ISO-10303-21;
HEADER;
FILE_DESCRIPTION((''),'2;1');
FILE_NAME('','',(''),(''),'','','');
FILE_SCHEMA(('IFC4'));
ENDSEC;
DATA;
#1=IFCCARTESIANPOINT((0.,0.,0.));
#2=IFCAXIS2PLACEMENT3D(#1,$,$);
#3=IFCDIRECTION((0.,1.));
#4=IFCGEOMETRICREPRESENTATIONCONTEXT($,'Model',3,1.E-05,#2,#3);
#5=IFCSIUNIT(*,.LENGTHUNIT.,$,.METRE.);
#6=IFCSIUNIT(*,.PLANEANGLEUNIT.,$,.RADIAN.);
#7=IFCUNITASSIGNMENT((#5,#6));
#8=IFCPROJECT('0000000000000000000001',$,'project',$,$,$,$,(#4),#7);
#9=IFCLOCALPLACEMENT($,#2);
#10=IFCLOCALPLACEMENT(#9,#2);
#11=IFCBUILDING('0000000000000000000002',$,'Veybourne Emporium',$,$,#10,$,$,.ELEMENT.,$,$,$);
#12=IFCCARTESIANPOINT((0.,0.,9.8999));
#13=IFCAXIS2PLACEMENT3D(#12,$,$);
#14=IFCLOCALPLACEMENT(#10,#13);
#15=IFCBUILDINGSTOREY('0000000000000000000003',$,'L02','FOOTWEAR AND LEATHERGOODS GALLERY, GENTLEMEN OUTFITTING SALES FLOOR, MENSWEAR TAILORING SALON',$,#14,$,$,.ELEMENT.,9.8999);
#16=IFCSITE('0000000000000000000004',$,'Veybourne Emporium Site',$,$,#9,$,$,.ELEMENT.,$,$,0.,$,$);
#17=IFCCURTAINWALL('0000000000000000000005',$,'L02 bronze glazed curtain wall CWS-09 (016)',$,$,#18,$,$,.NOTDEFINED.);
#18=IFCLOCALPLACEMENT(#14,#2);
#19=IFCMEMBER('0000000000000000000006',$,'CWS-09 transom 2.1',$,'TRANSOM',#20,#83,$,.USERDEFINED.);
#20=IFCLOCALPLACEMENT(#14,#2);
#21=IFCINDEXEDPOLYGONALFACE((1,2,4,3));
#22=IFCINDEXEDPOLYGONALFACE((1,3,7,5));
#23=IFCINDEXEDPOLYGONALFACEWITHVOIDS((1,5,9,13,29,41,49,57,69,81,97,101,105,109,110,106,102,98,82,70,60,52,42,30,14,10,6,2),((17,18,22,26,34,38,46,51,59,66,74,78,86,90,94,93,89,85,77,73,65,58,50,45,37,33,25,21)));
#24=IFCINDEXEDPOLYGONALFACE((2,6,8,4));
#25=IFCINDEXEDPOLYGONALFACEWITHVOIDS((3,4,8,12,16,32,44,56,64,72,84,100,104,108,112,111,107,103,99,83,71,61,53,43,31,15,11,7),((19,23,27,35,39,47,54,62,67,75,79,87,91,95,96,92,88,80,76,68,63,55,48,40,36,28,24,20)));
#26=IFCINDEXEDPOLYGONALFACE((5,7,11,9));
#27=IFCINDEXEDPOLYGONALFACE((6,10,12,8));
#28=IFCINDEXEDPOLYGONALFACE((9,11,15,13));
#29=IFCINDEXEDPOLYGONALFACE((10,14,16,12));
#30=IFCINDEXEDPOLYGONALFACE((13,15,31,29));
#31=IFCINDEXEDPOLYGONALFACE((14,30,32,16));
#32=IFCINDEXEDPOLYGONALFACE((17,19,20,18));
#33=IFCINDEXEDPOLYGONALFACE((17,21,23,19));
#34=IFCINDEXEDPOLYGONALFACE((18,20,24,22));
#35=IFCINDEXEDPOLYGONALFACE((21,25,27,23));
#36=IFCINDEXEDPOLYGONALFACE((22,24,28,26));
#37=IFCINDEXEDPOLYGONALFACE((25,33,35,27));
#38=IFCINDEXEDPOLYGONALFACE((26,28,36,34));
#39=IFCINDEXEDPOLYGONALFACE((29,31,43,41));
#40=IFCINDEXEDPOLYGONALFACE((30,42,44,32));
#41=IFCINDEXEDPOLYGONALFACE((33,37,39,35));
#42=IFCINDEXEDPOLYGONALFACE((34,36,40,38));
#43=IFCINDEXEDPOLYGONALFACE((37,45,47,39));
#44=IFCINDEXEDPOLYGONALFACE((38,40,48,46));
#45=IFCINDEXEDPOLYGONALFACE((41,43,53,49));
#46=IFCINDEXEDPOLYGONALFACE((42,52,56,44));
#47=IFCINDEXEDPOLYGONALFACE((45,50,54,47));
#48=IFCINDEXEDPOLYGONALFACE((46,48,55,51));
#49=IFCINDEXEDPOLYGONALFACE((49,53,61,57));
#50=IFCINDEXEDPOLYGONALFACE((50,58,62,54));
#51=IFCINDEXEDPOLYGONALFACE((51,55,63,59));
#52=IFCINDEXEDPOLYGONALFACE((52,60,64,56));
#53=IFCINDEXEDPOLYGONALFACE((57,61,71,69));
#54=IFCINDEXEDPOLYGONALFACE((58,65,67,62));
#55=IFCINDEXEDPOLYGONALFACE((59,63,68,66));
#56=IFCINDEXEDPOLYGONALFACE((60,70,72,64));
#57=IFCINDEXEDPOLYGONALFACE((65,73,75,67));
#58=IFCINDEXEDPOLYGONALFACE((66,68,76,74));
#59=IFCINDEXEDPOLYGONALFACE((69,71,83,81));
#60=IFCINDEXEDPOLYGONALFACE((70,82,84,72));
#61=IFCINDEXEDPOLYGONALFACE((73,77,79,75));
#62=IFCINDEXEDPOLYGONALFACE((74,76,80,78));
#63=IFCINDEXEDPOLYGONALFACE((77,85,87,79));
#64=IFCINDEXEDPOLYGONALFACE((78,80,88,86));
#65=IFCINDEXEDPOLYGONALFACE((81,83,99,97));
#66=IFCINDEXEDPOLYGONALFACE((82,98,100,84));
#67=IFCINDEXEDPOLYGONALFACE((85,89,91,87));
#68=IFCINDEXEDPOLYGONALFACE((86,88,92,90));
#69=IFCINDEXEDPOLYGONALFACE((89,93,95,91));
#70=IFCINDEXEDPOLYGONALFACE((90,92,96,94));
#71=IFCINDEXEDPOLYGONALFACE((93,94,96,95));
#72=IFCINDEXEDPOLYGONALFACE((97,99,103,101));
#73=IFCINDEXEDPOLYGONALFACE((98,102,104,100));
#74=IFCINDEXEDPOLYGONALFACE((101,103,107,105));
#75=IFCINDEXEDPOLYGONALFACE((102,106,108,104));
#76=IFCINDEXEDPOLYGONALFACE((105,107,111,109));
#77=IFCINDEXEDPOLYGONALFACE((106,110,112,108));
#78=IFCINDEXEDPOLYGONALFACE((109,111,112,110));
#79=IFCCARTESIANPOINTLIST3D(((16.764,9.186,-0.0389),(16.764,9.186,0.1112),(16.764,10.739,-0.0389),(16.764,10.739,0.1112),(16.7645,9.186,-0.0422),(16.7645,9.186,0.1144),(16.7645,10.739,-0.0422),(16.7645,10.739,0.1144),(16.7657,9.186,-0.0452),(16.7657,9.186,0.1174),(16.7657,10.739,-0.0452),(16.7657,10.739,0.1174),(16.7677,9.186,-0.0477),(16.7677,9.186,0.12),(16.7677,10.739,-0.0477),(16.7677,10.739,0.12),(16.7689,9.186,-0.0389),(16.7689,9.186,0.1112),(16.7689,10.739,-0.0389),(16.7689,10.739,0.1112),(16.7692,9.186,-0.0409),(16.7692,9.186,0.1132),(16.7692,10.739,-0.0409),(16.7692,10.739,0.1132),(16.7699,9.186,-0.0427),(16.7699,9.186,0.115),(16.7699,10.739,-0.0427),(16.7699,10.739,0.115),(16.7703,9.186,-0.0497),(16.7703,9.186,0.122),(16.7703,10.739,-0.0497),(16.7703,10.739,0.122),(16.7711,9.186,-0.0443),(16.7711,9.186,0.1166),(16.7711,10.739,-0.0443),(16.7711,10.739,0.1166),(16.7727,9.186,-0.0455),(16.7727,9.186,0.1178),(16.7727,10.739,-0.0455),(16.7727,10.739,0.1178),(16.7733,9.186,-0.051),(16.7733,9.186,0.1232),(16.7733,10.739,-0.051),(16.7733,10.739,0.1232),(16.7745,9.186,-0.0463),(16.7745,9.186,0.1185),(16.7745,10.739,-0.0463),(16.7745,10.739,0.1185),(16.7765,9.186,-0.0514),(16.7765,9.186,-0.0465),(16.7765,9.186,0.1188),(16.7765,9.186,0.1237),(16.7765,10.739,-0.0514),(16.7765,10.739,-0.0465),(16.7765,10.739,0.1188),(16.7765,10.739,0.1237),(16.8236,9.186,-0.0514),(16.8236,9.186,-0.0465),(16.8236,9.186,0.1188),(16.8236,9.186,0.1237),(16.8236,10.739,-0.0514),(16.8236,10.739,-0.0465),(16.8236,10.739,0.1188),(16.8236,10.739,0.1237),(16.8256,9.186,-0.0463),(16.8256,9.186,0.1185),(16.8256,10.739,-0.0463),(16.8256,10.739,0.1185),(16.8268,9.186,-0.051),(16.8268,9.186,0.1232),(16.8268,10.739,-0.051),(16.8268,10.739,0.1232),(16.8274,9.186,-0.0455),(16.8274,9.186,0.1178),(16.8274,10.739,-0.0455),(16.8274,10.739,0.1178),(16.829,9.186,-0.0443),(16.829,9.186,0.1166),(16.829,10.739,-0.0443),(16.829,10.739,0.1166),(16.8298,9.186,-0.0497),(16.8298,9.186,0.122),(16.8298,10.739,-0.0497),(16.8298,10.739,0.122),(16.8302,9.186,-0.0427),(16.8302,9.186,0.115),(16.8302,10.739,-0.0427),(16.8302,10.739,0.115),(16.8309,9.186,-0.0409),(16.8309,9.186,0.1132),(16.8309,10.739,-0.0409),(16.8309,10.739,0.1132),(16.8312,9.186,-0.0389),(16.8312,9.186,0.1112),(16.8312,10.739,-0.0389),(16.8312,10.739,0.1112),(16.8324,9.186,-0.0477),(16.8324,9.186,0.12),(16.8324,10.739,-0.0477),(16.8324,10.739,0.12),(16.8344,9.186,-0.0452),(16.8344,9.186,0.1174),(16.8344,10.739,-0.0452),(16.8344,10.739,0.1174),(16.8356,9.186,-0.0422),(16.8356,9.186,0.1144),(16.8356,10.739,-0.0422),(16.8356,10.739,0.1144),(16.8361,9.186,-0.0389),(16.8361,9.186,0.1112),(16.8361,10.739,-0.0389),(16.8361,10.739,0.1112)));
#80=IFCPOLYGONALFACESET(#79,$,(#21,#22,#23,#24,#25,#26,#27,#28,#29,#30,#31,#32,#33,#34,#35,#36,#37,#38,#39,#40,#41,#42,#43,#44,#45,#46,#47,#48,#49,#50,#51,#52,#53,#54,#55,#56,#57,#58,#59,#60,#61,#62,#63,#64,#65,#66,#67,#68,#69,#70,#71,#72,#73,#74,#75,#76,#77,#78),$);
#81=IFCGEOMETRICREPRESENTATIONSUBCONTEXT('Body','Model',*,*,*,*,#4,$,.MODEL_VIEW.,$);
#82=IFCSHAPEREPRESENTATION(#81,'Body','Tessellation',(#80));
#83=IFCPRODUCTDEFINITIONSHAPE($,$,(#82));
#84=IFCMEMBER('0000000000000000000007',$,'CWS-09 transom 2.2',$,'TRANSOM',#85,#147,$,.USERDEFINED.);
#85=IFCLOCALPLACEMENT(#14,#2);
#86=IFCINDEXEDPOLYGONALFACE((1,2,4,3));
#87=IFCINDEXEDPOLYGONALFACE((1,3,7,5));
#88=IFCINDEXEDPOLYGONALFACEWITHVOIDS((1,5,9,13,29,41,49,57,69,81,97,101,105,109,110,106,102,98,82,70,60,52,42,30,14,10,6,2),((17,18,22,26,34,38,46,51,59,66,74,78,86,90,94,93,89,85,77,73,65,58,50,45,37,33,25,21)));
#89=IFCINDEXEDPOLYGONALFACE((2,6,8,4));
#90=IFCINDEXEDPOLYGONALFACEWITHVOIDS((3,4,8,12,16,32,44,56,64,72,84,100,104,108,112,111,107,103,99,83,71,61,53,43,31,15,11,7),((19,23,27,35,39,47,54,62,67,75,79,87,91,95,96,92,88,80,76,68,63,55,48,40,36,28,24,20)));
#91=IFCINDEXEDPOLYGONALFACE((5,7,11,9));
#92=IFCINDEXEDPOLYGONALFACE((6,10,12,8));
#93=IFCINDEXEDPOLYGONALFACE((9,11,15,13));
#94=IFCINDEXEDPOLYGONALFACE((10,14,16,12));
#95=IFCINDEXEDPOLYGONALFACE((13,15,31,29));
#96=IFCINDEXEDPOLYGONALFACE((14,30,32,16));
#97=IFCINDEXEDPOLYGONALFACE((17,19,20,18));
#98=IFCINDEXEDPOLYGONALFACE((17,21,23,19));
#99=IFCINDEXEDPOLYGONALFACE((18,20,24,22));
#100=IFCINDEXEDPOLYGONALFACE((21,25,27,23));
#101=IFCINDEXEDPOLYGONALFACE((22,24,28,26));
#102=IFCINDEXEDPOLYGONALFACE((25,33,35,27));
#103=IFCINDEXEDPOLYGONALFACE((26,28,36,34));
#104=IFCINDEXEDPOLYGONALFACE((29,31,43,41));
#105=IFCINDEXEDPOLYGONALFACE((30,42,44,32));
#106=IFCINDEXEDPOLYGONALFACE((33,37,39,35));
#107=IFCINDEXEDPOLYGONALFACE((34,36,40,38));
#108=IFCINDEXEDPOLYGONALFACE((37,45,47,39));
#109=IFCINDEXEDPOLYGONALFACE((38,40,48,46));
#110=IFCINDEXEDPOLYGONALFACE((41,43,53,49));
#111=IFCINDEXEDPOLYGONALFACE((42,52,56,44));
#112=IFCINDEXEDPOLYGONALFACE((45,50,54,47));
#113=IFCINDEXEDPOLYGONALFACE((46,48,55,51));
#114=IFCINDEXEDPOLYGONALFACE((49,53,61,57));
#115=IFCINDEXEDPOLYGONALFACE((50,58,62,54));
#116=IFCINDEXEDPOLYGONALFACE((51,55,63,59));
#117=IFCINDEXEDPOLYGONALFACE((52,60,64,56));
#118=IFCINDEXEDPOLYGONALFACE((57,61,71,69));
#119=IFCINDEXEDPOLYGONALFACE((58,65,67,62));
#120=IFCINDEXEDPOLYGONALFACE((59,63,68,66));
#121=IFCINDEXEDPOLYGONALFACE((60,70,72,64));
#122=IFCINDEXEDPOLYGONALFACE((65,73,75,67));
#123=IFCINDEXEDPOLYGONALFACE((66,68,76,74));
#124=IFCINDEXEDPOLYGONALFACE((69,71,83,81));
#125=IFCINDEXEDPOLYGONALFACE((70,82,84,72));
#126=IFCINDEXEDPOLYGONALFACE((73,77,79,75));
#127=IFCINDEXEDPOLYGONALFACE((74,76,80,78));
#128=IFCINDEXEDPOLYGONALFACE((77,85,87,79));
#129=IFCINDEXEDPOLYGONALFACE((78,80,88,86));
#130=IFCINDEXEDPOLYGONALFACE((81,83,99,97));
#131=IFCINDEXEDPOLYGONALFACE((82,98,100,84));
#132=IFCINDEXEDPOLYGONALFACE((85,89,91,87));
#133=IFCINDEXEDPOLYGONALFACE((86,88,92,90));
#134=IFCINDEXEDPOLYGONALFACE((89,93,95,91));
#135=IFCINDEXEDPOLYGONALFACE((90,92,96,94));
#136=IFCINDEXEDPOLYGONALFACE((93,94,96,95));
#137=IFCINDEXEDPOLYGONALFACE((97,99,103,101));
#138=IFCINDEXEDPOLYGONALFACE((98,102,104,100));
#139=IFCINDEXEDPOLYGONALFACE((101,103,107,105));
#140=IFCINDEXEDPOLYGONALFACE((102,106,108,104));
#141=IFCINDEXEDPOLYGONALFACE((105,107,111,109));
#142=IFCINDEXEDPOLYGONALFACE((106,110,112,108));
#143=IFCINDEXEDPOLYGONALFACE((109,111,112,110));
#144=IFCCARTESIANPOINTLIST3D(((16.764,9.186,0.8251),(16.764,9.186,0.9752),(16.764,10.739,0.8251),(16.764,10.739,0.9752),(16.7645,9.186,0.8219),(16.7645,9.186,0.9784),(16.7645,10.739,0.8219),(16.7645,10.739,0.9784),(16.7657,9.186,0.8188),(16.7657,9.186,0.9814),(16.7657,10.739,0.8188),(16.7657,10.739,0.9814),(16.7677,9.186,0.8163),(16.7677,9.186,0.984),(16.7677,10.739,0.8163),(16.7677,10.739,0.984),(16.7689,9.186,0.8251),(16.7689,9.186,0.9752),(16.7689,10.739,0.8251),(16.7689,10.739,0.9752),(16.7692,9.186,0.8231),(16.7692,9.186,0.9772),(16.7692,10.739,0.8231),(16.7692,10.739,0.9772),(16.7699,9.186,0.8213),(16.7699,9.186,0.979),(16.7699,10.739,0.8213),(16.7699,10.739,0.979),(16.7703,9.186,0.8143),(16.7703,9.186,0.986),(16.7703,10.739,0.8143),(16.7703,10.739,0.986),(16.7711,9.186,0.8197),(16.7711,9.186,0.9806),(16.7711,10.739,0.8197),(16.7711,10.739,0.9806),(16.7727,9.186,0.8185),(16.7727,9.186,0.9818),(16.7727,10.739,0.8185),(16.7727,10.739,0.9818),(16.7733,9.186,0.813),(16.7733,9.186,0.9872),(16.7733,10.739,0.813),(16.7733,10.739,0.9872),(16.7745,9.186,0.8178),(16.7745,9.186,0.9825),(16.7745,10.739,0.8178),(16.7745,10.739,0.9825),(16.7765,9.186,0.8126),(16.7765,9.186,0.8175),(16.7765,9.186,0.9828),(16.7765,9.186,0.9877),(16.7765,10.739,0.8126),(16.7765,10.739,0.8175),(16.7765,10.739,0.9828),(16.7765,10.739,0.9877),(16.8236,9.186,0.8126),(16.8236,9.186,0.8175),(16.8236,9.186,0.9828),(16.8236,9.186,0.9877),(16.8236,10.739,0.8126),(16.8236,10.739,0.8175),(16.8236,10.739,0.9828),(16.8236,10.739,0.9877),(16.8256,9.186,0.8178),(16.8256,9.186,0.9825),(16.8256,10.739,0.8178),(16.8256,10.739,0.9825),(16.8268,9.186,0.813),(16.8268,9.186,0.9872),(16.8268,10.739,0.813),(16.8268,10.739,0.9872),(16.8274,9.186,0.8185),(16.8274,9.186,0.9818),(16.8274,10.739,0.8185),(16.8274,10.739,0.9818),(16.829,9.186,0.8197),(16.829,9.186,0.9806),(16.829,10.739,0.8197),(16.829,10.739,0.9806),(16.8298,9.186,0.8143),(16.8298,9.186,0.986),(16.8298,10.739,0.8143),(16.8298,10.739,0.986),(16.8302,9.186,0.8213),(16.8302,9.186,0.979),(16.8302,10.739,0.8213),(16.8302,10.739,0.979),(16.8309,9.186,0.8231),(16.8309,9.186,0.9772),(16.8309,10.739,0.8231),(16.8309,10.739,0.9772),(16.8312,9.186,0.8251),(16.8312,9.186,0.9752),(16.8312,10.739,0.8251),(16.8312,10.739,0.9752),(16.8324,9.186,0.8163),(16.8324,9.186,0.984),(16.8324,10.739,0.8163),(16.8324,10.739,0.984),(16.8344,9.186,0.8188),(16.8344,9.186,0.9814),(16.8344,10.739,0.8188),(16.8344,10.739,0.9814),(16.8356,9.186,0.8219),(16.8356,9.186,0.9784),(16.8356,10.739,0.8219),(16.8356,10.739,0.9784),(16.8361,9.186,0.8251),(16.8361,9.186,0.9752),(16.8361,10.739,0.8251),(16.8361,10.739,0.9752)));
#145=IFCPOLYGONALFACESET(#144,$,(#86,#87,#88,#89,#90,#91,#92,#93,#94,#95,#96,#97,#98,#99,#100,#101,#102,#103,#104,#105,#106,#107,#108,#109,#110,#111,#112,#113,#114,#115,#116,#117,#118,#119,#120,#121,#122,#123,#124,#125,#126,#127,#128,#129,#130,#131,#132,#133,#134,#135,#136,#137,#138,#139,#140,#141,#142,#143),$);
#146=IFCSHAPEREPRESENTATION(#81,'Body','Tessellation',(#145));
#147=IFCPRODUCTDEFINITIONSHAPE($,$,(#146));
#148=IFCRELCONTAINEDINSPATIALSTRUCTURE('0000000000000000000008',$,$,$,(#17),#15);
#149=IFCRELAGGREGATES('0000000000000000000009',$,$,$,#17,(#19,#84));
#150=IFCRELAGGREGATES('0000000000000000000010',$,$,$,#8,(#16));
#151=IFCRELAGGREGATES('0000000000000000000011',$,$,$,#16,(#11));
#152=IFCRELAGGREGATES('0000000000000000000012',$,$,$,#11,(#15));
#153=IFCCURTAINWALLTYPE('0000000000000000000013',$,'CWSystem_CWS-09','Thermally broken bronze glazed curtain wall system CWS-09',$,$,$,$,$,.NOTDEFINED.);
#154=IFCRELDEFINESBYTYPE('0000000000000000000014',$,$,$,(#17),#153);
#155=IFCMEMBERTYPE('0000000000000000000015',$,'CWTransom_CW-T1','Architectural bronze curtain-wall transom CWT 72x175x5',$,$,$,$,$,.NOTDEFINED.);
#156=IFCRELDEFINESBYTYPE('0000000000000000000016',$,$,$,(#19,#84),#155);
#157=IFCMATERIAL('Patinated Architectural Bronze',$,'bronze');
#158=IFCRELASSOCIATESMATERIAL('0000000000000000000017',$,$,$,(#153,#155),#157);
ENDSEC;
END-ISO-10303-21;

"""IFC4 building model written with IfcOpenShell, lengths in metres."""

from ifc_helpers import new_model, si_unit, direction, frame, origin, origin_2d, place, context, subcontext, project, spatial, hollow_rectangle, extrude, material, material_profile, profile_set, type_object, element, aggregate, save


model = new_model("IFC4")

# Units and contexts
model_context = context("Model", 3, precision=1e-05, world=origin(), true_north=direction((0.0, 1.0)))
body_context = subcontext(model_context, "Body", "Model", "MODEL_VIEW")
ifc_project = project(units=[si_unit("LENGTHUNIT", "METRE"), si_unit("PLANEANGLEUNIT", "RADIAN")], contexts=[model_context])

# Site, building, storey
site_placement = place(None, origin())
site = spatial("IfcSite", under=ifc_project, at=site_placement, Name="Veybourne Emporium Site", CompositionType="ELEMENT", RefElevation=0.0)
building_placement = place(site_placement, origin())
building = spatial("IfcBuilding", under=site, at=building_placement, Name="Veybourne Emporium", CompositionType="ELEMENT")
storey_placement = place(building_placement, frame((0.0, 0.0, 9.8999)))
storey = spatial("IfcBuildingStorey", under=building, at=storey_placement, Name="L02", Description="FOOTWEAR AND LEATHERGOODS GALLERY, GENTLEMEN OUTFITTING SALES FLOOR, MENSWEAR TAILORING SALON", CompositionType="ELEMENT", Elevation=9.8999)

# Curtain wall
ifc_material_1 = material(Name="Patinated Architectural Bronze", Category="bronze")
curtain_wall_type_1 = type_object("IfcCurtainWallType", Name="CWSystem_CWS-09", Description="Thermally broken bronze glazed curtain wall system CWS-09", PredefinedType="NOTDEFINED", material=ifc_material_1)
curtain_wall_1_placement = place(storey_placement, origin())
curtain_wall_1 = element("IfcCurtainWall", 1, at=curtain_wall_1_placement, inside=storey, type_object=curtain_wall_type_1, Name="L02 bronze glazed curtain wall CWS-09 (016)", PredefinedType="NOTDEFINED")

# Members
ifc_material_profile_1 = material_profile(ifc_material_1, hollow_rectangle(XDim=0.072, YDim=0.175, WallThickness=0.0049, InnerFilletRadius=0.0076, OuterFilletRadius=0.0125, at=origin_2d()), Name="CWT 72x175x5")
ifc_profile_set_1 = profile_set([ifc_material_profile_1], Name="Patinated Architectural Bronze")
member_type_1 = type_object("IfcMemberType", Name="CWTransom_CW-T1", Description="Architectural bronze curtain-wall transom CWT 72x175x5", PredefinedType="NOTDEFINED", material=ifc_profile_set_1)
member_1_placement = place(storey_placement, frame((16.8, 9.186, 0.0361), z_axis=(0.0, 1.0, 0.0), x_axis=(-1.0, 0.0, 0.0)))
member_1 = element("IfcMember", 2, at=member_1_placement, type_object=member_type_1, Name="CWS-09 transom 2.1", ObjectType="TRANSOM", PredefinedType="USERDEFINED", context=body_context, shape_type="SweptSolid", body=[
    extrude(hollow_rectangle(XDim=0.072, YDim=0.175, WallThickness=0.0049, InnerFilletRadius=0.0076, OuterFilletRadius=0.0125, at=origin_2d()), origin(), (0.0, 0.0, 1.0), 1.553),
])
member_2_placement = place(storey_placement, frame((16.8, 9.186, 0.9001), z_axis=(0.0, 1.0, 0.0), x_axis=(-1.0, 0.0, 0.0)))
member_2 = element("IfcMember", 3, at=member_2_placement, type_object=member_type_1, Name="CWS-09 transom 2.2", ObjectType="TRANSOM", PredefinedType="USERDEFINED", context=body_context, shape_type="SweptSolid", body=[
    extrude(hollow_rectangle(XDim=0.072, YDim=0.175, WallThickness=0.0049, InnerFilletRadius=0.0076, OuterFilletRadius=0.0125, at=origin_2d()), origin(), (0.0, 0.0, 1.0), 1.553),
])

aggregate(curtain_wall_1, [member_1, member_2])

save(model, "model.ifc")
